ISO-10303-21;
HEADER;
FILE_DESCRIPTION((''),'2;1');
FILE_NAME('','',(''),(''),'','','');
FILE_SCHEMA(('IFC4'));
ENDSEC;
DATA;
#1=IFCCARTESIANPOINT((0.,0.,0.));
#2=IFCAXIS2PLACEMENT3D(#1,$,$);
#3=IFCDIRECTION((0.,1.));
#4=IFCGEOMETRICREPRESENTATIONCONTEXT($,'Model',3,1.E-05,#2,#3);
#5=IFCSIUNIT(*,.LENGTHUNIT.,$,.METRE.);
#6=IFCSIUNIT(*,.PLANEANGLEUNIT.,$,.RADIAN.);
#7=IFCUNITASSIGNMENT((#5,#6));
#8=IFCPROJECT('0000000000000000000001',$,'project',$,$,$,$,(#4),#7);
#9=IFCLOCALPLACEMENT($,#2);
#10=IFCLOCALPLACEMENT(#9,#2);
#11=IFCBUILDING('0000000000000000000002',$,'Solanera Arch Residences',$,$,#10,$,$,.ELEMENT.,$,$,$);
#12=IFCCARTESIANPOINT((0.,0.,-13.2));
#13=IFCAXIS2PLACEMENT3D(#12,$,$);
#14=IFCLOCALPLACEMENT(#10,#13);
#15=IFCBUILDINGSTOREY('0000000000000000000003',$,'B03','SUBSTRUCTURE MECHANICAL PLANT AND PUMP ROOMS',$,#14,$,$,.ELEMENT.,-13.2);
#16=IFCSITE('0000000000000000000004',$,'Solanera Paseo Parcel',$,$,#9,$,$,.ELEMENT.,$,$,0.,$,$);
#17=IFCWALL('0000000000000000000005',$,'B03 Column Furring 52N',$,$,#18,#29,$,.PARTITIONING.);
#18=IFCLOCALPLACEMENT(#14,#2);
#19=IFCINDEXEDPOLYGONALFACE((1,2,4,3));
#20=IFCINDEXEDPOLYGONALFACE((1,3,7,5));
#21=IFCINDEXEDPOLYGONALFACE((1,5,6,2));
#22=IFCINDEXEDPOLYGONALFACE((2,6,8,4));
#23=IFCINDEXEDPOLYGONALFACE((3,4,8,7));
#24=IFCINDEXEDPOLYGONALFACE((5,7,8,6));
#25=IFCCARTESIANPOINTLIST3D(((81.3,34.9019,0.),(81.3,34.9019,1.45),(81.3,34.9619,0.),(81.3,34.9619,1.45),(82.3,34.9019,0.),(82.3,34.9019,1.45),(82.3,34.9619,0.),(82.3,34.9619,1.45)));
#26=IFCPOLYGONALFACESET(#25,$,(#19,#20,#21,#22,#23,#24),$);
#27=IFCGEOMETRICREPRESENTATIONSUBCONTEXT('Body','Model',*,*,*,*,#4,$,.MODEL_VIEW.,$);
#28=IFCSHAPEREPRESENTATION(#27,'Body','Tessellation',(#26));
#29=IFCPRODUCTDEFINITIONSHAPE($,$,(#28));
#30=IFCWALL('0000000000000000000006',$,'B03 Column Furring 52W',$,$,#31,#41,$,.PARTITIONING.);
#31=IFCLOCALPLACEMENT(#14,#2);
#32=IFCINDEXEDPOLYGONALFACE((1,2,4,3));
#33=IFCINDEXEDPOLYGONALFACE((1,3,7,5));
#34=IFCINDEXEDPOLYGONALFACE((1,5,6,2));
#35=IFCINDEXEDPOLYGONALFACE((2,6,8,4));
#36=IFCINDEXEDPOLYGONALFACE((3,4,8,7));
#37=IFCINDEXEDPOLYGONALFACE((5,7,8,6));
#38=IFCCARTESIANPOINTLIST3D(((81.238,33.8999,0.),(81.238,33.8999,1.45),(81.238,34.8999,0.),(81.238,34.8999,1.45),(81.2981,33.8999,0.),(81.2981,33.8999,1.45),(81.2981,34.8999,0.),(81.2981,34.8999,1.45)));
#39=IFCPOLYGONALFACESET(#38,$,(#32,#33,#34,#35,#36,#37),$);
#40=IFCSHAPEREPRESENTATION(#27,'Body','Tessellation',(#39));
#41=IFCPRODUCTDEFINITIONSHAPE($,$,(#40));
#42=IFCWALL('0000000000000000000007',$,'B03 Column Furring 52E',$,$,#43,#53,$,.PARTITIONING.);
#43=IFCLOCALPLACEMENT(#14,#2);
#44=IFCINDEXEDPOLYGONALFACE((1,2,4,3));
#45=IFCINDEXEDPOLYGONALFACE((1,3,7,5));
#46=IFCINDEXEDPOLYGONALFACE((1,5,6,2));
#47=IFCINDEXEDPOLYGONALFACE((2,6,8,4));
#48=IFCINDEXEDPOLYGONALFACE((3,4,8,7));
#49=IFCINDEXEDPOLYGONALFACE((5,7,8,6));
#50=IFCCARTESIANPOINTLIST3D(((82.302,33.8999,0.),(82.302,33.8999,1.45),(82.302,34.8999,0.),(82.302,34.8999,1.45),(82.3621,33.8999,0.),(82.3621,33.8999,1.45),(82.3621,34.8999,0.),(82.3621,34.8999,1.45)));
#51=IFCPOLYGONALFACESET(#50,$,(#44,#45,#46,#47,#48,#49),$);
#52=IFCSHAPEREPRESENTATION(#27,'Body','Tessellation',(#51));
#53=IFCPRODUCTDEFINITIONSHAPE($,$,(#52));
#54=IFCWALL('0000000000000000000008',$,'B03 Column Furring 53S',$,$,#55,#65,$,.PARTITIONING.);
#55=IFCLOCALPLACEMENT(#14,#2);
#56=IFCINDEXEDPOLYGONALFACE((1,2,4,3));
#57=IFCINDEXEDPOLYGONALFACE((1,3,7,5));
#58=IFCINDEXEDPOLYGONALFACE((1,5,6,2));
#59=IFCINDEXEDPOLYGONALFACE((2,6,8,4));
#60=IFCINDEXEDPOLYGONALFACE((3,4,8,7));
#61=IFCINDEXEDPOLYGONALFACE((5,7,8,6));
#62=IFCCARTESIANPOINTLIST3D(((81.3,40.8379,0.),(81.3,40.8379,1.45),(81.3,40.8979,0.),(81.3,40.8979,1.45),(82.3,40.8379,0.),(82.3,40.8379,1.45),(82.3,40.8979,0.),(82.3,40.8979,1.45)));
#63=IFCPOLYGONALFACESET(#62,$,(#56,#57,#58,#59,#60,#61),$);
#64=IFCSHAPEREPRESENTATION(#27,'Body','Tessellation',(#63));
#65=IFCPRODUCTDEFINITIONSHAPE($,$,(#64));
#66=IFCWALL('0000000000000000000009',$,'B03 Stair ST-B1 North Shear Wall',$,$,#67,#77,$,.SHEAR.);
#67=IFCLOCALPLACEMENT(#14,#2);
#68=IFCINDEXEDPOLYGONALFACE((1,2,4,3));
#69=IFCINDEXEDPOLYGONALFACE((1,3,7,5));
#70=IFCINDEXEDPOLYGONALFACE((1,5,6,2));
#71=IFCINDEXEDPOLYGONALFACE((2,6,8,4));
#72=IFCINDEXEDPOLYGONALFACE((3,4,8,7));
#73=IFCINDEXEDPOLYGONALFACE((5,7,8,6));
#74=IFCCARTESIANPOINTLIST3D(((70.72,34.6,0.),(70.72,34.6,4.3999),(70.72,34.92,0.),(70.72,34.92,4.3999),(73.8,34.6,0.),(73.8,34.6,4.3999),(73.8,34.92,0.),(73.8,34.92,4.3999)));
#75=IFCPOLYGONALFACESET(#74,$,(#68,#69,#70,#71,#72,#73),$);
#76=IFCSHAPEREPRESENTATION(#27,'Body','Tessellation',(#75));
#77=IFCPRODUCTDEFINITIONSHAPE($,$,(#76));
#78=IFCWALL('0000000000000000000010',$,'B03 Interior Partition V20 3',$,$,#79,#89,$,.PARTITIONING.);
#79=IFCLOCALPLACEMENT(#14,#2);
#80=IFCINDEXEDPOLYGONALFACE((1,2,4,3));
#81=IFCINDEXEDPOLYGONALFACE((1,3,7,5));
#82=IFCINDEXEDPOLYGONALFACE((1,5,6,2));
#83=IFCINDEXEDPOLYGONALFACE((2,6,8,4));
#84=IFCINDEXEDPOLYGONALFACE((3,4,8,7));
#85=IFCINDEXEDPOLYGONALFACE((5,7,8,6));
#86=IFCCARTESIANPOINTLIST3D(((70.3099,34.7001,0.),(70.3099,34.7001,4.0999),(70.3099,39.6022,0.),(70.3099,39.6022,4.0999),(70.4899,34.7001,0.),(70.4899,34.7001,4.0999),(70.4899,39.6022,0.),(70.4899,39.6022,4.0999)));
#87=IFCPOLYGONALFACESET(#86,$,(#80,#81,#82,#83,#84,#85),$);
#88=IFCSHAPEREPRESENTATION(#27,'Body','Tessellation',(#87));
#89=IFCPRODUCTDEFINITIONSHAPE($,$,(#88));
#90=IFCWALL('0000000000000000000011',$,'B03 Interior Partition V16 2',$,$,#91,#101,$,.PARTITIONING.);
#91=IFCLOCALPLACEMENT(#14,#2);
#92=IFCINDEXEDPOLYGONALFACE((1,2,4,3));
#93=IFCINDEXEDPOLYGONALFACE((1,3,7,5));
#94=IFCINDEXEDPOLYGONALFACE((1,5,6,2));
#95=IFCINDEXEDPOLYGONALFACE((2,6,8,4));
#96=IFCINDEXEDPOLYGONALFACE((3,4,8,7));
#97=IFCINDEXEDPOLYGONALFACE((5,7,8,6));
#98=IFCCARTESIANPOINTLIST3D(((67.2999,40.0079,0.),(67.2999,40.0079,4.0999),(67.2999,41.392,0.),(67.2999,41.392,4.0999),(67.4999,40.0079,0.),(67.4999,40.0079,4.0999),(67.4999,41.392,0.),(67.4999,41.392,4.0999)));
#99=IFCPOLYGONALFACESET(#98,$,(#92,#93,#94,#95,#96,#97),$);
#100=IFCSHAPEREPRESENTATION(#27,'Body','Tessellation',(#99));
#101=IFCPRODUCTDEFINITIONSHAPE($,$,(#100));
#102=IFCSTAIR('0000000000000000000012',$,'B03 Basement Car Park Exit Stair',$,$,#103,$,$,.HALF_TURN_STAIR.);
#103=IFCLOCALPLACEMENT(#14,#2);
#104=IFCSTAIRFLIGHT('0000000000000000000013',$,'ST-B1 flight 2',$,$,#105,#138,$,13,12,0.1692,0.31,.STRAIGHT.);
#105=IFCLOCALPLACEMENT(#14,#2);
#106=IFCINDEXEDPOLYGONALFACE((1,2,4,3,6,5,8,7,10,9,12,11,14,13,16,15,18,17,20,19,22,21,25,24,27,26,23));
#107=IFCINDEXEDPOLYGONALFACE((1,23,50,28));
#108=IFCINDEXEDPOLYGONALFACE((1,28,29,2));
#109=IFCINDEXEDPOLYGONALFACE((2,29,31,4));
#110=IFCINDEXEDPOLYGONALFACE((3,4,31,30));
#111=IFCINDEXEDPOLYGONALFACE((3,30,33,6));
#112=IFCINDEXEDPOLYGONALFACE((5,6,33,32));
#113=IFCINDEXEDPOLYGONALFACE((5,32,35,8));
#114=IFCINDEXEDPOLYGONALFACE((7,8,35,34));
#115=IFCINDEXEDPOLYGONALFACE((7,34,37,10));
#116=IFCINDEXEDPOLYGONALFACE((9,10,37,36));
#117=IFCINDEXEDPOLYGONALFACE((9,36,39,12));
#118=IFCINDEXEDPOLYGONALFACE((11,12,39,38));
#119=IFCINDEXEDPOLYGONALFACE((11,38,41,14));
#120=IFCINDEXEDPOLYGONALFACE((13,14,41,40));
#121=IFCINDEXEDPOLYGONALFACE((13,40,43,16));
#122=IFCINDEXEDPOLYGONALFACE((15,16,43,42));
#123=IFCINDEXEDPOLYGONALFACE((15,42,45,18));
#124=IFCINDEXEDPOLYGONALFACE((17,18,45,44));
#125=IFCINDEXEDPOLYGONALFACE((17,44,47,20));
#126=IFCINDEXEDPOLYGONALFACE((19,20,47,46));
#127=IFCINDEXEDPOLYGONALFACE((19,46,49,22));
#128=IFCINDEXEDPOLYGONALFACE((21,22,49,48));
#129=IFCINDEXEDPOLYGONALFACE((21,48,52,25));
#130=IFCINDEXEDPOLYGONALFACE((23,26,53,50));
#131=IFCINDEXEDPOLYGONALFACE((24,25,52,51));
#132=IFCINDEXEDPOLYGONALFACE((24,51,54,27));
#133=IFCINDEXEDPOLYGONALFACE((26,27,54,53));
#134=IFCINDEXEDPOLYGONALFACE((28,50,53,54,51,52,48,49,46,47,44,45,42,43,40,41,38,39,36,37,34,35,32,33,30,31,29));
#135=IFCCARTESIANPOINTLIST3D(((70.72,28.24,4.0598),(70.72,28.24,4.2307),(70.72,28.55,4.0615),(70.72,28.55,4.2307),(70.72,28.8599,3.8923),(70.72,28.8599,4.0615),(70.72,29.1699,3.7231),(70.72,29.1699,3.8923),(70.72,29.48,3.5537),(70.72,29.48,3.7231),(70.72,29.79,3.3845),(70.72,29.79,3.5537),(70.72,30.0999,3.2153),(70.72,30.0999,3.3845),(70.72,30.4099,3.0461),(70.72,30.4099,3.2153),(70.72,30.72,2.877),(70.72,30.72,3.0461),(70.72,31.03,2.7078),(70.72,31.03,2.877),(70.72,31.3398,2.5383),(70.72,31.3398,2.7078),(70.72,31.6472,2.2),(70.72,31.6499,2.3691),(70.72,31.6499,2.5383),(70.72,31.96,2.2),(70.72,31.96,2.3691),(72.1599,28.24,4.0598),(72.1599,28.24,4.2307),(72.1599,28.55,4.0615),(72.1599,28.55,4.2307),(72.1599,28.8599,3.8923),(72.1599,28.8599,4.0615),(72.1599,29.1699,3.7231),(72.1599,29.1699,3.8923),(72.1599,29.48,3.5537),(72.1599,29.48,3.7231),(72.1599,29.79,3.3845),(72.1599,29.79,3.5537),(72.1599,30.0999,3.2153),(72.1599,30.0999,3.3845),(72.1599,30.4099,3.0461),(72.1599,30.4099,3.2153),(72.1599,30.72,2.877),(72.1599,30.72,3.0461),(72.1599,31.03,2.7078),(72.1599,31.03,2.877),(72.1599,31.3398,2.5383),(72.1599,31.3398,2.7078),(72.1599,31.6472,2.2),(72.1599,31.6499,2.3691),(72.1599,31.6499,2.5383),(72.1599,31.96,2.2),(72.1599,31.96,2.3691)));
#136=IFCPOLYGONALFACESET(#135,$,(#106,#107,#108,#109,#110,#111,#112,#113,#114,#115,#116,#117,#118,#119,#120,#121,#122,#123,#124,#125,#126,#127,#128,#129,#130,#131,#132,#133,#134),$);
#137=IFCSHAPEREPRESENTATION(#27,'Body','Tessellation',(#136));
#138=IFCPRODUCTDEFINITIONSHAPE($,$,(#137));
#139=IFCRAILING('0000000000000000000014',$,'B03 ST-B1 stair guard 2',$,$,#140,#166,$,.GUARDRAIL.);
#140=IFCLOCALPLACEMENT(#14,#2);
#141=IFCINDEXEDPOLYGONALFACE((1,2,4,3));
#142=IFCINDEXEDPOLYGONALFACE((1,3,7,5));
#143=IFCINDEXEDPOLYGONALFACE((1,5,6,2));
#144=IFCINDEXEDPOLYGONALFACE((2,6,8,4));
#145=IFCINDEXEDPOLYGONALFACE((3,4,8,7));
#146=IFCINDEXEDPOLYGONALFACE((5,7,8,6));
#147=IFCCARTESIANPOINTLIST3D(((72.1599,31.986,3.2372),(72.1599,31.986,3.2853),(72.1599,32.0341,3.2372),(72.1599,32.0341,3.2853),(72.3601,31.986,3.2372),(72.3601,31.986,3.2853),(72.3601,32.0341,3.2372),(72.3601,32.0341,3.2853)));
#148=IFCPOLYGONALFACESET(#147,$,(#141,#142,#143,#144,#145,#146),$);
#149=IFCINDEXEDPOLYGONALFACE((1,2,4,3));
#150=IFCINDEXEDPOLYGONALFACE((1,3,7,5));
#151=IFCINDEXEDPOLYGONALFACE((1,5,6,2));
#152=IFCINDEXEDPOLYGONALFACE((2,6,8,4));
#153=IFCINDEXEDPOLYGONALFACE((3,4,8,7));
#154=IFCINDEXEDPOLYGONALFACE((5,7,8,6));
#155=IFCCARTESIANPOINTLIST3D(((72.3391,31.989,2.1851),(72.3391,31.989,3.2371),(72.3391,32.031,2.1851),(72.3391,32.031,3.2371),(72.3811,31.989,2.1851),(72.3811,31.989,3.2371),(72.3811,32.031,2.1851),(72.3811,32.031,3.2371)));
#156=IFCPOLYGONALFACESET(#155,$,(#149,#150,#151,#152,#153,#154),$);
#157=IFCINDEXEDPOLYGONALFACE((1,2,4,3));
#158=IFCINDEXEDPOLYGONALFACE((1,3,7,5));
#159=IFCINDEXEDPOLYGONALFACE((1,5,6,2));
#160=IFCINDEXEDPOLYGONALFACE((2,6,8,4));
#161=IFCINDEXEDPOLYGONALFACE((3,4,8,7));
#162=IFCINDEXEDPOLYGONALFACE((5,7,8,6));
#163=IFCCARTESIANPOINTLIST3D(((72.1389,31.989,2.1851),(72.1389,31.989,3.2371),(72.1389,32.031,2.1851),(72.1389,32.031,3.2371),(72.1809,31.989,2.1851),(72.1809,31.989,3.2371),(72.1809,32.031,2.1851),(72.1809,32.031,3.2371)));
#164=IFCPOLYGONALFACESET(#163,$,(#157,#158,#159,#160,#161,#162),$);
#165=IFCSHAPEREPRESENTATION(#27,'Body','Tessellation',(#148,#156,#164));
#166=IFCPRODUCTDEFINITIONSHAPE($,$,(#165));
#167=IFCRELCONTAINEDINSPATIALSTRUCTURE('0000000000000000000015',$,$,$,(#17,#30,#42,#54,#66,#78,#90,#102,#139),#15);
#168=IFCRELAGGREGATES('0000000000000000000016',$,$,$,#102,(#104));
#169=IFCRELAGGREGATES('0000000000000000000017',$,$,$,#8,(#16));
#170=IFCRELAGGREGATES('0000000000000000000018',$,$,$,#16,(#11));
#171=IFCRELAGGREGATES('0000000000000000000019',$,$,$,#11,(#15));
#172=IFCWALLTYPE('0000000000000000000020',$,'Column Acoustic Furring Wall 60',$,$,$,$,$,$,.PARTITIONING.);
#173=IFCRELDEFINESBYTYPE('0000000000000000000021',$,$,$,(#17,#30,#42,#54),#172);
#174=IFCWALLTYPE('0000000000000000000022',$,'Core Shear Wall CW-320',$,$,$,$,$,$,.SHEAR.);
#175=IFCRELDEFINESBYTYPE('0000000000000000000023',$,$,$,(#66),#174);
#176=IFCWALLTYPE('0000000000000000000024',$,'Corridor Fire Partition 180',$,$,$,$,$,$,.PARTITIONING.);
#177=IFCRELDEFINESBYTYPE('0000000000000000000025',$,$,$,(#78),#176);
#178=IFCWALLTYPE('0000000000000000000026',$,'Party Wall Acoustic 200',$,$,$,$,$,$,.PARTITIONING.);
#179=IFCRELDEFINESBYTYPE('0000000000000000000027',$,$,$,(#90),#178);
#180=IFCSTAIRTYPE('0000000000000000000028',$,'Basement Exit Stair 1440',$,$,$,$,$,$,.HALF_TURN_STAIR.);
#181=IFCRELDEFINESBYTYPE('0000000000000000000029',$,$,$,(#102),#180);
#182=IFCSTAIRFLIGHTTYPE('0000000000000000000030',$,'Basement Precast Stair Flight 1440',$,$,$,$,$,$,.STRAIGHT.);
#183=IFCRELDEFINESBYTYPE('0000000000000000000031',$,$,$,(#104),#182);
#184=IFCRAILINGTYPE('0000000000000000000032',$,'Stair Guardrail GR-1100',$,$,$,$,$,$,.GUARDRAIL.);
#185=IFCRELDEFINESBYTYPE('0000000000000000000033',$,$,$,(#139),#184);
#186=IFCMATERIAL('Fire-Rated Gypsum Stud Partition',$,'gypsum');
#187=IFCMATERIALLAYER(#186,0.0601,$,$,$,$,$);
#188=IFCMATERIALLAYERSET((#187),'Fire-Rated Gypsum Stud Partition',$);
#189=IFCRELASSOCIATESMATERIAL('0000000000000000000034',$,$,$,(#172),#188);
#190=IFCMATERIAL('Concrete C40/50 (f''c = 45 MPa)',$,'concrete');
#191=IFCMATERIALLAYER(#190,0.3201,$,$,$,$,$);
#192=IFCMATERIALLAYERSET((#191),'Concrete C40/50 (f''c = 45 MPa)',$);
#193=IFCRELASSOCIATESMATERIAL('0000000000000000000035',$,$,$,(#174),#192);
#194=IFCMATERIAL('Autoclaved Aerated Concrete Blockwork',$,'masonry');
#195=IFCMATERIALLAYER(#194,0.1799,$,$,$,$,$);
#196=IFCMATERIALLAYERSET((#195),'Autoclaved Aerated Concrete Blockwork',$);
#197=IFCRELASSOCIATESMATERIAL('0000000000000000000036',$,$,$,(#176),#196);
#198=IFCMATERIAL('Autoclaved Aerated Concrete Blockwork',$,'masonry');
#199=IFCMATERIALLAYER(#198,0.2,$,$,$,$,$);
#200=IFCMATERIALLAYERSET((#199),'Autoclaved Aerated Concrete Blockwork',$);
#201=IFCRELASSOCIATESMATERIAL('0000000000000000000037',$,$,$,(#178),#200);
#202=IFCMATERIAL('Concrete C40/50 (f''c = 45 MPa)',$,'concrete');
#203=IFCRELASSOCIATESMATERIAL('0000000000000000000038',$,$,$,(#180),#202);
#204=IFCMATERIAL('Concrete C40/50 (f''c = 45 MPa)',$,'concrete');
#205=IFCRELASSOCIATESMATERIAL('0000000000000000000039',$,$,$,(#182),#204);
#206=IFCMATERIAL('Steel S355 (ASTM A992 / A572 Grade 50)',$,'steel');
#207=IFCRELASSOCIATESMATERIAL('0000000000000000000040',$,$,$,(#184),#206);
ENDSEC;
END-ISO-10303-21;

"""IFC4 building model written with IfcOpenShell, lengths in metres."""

from ifc_helpers import new_model, si_unit, direction, frame, frame_2d, origin, origin_2d, place, context, subcontext, project, spatial, polyline, rectangle, outline, extrude, material, layer, layer_set, type_object, element, aggregate, save


model = new_model("IFC4")

# Units and contexts
model_context = context("Model", 3, precision=1e-05, world=origin(), true_north=direction((0.0, 1.0)))
body_context = subcontext(model_context, "Body", "Model", "MODEL_VIEW")
ifc_project = project(units=[si_unit("LENGTHUNIT", "METRE"), si_unit("PLANEANGLEUNIT", "RADIAN")], contexts=[model_context])

# Site, building, storey
site_placement = place(None, origin())
site = spatial("IfcSite", under=ifc_project, at=site_placement, Name="Solanera Paseo Parcel", CompositionType="ELEMENT", RefElevation=0.0)
building_placement = place(site_placement, origin())
building = spatial("IfcBuilding", under=site, at=building_placement, Name="Solanera Arch Residences", CompositionType="ELEMENT")
storey_placement = place(building_placement, frame((0.0, 0.0, -13.2)))
storey = spatial("IfcBuildingStorey", under=building, at=storey_placement, Name="B03", Description="SUBSTRUCTURE MECHANICAL PLANT AND PUMP ROOMS", CompositionType="ELEMENT", Elevation=-13.2)

# Walls
ifc_material_1 = material(Name="Fire-Rated Gypsum Stud Partition", Category="gypsum")
ifc_layer_1 = layer(ifc_material_1, 0.0601)
ifc_layer_set_1 = layer_set([ifc_layer_1], Name="Fire-Rated Gypsum Stud Partition")
wall_type_1 = type_object("IfcWallType", Name="Column Acoustic Furring Wall 60", PredefinedType="PARTITIONING", material=ifc_layer_set_1)
for number, where, z_axis, x_axis, name in (
    (1, (81.3, 34.9319, 0.0), (0.0, 0.0, 1.0), (1.0, 0.0, 0.0), "B03 Column Furring 52N"),
    (2, (81.2681, 33.8999, 0.0), (0.0, 0.0, 1.0), (0.0, 1.0, 0.0), "B03 Column Furring 52W"),
    (3, (82.332, 33.8999, 0.0), (0.0, 0.0, 1.0), (0.0, 1.0, 0.0), "B03 Column Furring 52E"),
    (4, (81.3, 40.8679, 0.0), (0.0, 0.0, 1.0), (1.0, 0.0, 0.0), "B03 Column Furring 53S"),
):
    element("IfcWall", number, at=place(storey_placement, frame(where, z_axis=z_axis, x_axis=x_axis)), inside=storey, type_object=wall_type_1, Name=name, PredefinedType="PARTITIONING", context=body_context, shape_type="SweptSolid", body=[
        extrude(rectangle(XDim=1.0, YDim=0.0601, at=frame_2d((0.5, 0.0))), origin(), (0.0, 0.0, 1.0), 1.45),
    ])
ifc_material_2 = material(Name="Concrete C40/50 (f'c = 45 MPa)", Category="concrete")
ifc_layer_2 = layer(ifc_material_2, 0.3201)
ifc_layer_set_2 = layer_set([ifc_layer_2], Name="Concrete C40/50 (f'c = 45 MPa)")
wall_type_2 = type_object("IfcWallType", Name="Core Shear Wall CW-320", PredefinedType="SHEAR", material=ifc_layer_set_2)
wall_1_placement = place(storey_placement, frame((70.72, 34.76, 0.0), z_axis=(0.0, 0.0, 1.0), x_axis=(1.0, 0.0, 0.0)))
element("IfcWall", 5, at=wall_1_placement, inside=storey, type_object=wall_type_2, Name="B03 Stair ST-B1 North Shear Wall", PredefinedType="SHEAR", context=body_context, shape_type="SweptSolid", body=[
    extrude(rectangle(XDim=3.0801, YDim=0.3201, at=frame_2d((1.54, 0.0))), origin(), (0.0, 0.0, 1.0), 4.3999),
])
ifc_material_3 = material(Name="Autoclaved Aerated Concrete Blockwork", Category="masonry")
ifc_layer_3 = layer(ifc_material_3, 0.1799)
ifc_layer_set_3 = layer_set([ifc_layer_3], Name="Autoclaved Aerated Concrete Blockwork")
wall_type_3 = type_object("IfcWallType", Name="Corridor Fire Partition 180", PredefinedType="PARTITIONING", material=ifc_layer_set_3)
wall_2_placement = place(storey_placement, frame((70.3999, 34.7, 0.0), z_axis=(0.0, 0.0, 1.0), x_axis=(0.0, 1.0, 0.0)))
element("IfcWall", 6, at=wall_2_placement, inside=storey, type_object=wall_type_3, Name="B03 Interior Partition V20 3", PredefinedType="PARTITIONING", context=body_context, shape_type="SweptSolid", body=[
    extrude(rectangle(XDim=4.9021, YDim=0.1799, at=frame_2d((2.4512, 0.0))), origin(), (0.0, 0.0, 1.0), 4.0999),
])
ifc_material_4 = material(Name="Autoclaved Aerated Concrete Blockwork", Category="masonry")
ifc_layer_4 = layer(ifc_material_4, 0.2)
ifc_layer_set_4 = layer_set([ifc_layer_4], Name="Autoclaved Aerated Concrete Blockwork")
wall_type_4 = type_object("IfcWallType", Name="Party Wall Acoustic 200", PredefinedType="PARTITIONING", material=ifc_layer_set_4)
wall_3_placement = place(storey_placement, frame((67.3999, 40.0081, 0.0), z_axis=(0.0, 0.0, 1.0), x_axis=(0.0, 1.0, 0.0)))
element("IfcWall", 7, at=wall_3_placement, inside=storey, type_object=wall_type_4, Name="B03 Interior Partition V16 2", PredefinedType="PARTITIONING", context=body_context, shape_type="SweptSolid", body=[
    extrude(rectangle(XDim=1.384, YDim=0.2, at=frame_2d((0.6919, 0.0))), origin(), (0.0, 0.0, 1.0), 4.0999),
])

# Stair, stair flight
ifc_material_5 = material(Name="Concrete C40/50 (f'c = 45 MPa)", Category="concrete")
stair_type = type_object("IfcStairType", Name="Basement Exit Stair 1440", PredefinedType="HALF_TURN_STAIR", material=ifc_material_5)
stair_placement = place(storey_placement, origin())
stair = element("IfcStair", 8, at=stair_placement, inside=storey, type_object=stair_type, Name="B03 Basement Car Park Exit Stair", PredefinedType="HALF_TURN_STAIR")
ifc_material_6 = material(Name="Concrete C40/50 (f'c = 45 MPa)", Category="concrete")
stair_flight_type = type_object("IfcStairFlightType", Name="Basement Precast Stair Flight 1440", PredefinedType="STRAIGHT", material=ifc_material_6)
stair_flight_placement = place(storey_placement, frame((71.4399, 31.96, 2.2), z_axis=(0.0, 0.0, 1.0), x_axis=(0.0, -1.0, 0.0)))
stair_flight = element("IfcStairFlight", 9, at=stair_flight_placement, type_object=stair_flight_type, Name="ST-B1 flight 2", NumberOfRisers=13, NumberOfTreads=12, PredefinedType="STRAIGHT", RiserHeight=0.1692, TreadLength=0.31, context=body_context, shape_type="SweptSolid", body=[
    extrude(outline(polyline([(0.0, 0.0), (0.0, 0.1692), (0.3101, 0.1692), (0.3101, 0.3384), (0.6201, 0.3384), (0.6201, 0.5078), (0.9299, 0.5078), (0.9299, 0.677), (1.24, 0.677), (1.24, 0.8462), (1.55, 0.8462), (1.55, 1.0154), (1.8601, 1.0154), (1.8601, 1.1846), (2.1699, 1.1846), (2.1699, 1.3538), (2.48, 1.3538), (2.48, 1.5232), (2.79, 1.5232), (2.79, 1.6924), (3.1001, 1.6924), (3.1001, 1.8616), (3.4099, 1.8616), (3.4099, 2.0308), (3.72, 2.0308), (3.72, 2.2), (3.72, 1.8599), (0.3127, 0.0), (0.0, 0.0)])), frame((0.0, 0.72, 0.0), z_axis=(0.0, -1.0, 0.0), x_axis=(1.0, 0.0, 0.0)), (0.0, 0.0, 1.0), 1.4399),
])
aggregate(stair, [stair_flight])

# Railing
ifc_material_7 = material(Name="Steel S355 (ASTM A992 / A572 Grade 50)", Category="steel")
railing_type_1 = type_object("IfcRailingType", Name="Stair Guardrail GR-1100", PredefinedType="GUARDRAIL", material=ifc_material_7)
railing_1_placement = place(storey_placement, frame((72.3601, 32.01, 2.1851)))
element("IfcRailing", 10, at=railing_1_placement, inside=storey, type_object=railing_type_1, Name="B03 ST-B1 stair guard 2", PredefinedType="GUARDRAIL", context=body_context, shape_type="SweptSolid", body=[
    extrude(rectangle(XDim=0.0481, YDim=0.0481, at=origin_2d()), frame((0.0, 0.0, 1.0762), z_axis=(-1.0, 0.0, 0.0), x_axis=(0.0, -1.0, 0.0)), (0.0, 0.0, 1.0), 0.2002),
    extrude(rectangle(XDim=0.042, YDim=0.042, at=origin_2d()), origin(), (0.0, 0.0, 1.0), 1.052),
    extrude(rectangle(XDim=0.042, YDim=0.042, at=origin_2d()), frame((-0.2002, 0.0, 0.0)), (0.0, 0.0, 1.0), 1.052),
])

save(model, "model.ifc")
